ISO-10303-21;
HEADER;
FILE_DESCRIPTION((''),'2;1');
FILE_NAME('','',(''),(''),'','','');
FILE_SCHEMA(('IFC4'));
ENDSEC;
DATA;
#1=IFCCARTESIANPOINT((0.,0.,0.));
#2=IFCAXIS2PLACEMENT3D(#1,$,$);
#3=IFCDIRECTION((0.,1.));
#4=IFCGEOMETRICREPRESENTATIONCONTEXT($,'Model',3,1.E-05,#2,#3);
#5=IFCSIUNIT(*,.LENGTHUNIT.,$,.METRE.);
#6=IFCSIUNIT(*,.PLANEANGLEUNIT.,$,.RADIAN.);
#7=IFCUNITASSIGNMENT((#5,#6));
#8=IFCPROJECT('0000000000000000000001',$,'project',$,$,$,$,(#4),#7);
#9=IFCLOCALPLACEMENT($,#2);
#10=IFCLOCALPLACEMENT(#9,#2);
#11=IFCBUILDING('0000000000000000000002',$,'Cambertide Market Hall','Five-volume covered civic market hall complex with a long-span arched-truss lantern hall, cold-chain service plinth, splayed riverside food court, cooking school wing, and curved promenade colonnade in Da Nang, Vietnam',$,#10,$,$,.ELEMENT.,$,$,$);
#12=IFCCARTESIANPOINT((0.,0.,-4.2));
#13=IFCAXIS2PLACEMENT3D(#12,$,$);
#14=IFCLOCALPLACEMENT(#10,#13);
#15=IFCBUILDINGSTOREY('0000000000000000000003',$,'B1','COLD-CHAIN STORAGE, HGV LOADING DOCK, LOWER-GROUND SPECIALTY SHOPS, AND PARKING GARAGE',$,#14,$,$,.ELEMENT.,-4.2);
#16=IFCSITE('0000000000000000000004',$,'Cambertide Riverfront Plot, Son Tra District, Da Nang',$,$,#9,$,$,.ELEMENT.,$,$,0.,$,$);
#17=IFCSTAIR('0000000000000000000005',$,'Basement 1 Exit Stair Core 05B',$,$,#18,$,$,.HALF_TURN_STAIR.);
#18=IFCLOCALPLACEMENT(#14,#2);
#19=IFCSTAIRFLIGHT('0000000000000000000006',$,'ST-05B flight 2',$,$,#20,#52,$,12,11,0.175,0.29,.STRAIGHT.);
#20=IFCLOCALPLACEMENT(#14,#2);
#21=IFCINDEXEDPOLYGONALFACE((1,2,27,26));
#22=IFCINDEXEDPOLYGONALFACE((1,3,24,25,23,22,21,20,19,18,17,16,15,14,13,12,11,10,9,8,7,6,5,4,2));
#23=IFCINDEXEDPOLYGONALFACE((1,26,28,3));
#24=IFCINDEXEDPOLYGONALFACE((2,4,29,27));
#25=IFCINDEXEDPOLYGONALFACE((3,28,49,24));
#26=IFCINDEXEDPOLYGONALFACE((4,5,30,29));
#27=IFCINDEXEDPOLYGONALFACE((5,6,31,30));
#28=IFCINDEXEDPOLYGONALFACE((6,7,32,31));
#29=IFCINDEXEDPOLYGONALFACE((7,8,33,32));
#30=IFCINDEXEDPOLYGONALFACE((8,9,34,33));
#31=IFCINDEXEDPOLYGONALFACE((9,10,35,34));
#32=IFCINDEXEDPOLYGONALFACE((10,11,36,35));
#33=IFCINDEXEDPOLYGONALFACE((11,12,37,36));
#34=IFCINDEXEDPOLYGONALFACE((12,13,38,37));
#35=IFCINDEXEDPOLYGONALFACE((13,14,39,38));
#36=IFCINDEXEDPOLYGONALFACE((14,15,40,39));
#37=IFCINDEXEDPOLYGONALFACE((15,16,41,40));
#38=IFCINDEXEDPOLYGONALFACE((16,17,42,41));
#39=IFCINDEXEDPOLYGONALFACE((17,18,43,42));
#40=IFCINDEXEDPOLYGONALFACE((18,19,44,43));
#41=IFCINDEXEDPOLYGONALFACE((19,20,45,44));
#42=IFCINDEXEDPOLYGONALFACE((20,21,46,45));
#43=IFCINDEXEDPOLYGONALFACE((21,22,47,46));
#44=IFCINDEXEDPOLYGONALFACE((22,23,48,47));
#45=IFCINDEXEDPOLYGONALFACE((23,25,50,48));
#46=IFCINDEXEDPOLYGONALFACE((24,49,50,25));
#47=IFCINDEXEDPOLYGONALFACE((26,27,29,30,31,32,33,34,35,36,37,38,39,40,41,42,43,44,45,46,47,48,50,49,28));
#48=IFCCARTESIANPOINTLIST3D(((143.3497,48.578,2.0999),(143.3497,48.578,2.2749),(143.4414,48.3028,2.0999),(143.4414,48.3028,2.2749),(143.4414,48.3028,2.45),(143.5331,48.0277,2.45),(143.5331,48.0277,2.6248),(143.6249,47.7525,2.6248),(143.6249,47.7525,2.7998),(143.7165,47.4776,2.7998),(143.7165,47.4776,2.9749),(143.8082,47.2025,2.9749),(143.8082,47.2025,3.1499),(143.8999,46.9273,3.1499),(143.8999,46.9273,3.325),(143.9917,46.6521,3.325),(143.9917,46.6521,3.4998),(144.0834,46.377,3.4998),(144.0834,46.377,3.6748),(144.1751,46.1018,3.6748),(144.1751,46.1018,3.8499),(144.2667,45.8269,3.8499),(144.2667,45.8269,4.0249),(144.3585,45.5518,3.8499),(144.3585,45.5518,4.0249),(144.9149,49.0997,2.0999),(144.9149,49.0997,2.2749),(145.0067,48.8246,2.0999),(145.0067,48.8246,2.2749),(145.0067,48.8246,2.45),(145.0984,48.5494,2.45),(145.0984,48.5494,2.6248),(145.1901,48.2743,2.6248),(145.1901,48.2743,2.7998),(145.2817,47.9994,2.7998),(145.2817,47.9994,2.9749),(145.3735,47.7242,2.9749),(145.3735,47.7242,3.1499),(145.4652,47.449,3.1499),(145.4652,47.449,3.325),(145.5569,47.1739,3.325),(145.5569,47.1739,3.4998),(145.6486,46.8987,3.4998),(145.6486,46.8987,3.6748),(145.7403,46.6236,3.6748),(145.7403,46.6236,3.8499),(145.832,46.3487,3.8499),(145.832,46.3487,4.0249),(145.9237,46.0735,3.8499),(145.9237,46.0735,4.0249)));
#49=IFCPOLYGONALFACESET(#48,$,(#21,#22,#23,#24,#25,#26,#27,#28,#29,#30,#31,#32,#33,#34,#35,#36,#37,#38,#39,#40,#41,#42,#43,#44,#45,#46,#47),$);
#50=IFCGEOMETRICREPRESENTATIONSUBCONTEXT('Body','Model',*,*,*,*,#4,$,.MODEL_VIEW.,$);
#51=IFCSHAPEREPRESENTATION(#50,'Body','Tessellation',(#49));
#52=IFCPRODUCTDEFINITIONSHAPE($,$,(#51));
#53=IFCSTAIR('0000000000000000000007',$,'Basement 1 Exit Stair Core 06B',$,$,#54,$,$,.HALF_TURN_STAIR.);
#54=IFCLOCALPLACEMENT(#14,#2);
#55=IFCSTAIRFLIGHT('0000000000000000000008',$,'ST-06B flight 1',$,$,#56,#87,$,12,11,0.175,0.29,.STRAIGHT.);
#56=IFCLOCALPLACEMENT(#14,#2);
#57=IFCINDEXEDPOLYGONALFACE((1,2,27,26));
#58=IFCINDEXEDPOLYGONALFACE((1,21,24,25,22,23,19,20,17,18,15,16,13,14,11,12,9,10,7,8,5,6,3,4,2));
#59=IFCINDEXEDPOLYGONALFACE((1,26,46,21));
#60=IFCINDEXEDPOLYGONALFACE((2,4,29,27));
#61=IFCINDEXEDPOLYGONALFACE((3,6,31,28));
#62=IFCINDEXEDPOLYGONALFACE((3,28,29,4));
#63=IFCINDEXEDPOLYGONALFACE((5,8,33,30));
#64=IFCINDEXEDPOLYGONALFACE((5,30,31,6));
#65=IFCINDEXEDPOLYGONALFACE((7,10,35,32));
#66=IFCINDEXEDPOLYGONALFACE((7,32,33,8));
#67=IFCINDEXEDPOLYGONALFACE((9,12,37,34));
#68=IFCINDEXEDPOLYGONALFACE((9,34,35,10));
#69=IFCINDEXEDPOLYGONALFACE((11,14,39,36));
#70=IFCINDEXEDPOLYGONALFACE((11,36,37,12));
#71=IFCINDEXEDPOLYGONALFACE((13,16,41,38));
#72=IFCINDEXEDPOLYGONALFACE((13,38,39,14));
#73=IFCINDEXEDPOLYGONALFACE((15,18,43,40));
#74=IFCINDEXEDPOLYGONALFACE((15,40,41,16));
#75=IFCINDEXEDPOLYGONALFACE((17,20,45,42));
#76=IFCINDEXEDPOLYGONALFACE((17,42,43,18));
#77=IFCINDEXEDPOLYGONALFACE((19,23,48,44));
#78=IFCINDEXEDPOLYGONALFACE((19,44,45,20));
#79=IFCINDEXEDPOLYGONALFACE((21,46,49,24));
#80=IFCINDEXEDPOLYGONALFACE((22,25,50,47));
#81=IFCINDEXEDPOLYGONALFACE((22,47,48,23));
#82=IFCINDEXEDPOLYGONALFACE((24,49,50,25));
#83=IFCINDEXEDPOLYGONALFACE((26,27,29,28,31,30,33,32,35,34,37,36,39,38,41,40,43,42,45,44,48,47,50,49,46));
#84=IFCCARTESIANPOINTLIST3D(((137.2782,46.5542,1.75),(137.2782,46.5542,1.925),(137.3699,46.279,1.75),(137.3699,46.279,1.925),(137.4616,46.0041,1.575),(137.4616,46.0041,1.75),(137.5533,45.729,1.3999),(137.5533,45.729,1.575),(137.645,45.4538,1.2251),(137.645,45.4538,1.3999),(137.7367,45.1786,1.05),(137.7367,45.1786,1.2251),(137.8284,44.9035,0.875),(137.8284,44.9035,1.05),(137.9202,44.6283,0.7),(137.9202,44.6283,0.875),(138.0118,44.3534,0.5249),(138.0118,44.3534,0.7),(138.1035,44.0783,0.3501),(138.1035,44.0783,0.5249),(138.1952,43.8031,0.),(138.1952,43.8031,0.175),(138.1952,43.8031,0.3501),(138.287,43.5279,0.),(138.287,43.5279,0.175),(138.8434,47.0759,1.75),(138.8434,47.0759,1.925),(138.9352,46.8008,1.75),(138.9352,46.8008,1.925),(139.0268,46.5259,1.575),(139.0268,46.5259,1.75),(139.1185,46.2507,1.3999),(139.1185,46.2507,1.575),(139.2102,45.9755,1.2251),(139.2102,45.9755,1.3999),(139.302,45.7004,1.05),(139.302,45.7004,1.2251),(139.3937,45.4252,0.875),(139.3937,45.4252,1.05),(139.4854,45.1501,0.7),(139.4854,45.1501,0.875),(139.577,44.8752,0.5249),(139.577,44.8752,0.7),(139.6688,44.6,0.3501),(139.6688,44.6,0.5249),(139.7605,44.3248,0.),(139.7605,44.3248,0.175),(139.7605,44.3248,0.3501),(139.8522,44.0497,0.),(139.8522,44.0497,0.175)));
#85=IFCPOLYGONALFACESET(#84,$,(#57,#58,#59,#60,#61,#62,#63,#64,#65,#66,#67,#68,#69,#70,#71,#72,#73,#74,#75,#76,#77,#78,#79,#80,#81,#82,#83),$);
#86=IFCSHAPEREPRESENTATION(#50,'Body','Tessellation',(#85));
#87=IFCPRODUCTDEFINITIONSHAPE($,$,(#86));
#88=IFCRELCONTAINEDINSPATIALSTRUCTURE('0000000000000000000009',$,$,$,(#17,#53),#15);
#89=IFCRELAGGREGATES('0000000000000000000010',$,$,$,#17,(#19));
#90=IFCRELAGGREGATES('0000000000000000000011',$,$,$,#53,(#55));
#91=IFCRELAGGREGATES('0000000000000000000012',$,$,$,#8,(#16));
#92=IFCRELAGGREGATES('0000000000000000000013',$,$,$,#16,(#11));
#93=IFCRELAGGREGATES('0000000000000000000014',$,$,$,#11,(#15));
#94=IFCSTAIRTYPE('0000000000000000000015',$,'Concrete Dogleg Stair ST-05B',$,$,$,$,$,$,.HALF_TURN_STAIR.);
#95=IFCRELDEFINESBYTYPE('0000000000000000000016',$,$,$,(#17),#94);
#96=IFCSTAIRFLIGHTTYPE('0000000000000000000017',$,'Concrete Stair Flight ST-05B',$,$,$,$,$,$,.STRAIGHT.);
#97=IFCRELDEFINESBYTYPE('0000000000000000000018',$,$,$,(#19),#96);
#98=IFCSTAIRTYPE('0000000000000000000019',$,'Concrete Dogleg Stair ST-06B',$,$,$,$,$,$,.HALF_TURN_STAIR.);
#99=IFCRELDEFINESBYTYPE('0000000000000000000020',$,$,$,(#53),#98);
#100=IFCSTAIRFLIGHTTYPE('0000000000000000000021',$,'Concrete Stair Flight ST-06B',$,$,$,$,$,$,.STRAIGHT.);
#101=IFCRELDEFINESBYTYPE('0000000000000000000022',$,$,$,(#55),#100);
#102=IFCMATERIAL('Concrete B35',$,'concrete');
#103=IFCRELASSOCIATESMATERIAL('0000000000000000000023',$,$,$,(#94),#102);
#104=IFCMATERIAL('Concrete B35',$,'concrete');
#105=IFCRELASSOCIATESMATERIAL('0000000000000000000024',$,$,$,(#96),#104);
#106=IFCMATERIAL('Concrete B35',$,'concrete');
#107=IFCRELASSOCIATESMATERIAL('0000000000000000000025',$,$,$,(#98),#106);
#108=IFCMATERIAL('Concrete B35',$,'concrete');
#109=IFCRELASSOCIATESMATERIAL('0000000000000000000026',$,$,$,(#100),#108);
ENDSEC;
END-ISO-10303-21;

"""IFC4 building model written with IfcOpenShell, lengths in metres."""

from ifc_helpers import new_model, si_unit, direction, frame, origin, place, context, subcontext, project, spatial, polyline, outline, extrude, material, type_object, element, aggregate, save


model = new_model("IFC4")

# Units and contexts
model_context = context("Model", 3, precision=1e-05, world=origin(), true_north=direction((0.0, 1.0)))
body_context = subcontext(model_context, "Body", "Model", "MODEL_VIEW")
ifc_project = project(units=[si_unit("LENGTHUNIT", "METRE"), si_unit("PLANEANGLEUNIT", "RADIAN")], contexts=[model_context])

# Site, building, storey
site_placement = place(None, origin())
site = spatial("IfcSite", under=ifc_project, at=site_placement, Name="Cambertide Riverfront Plot, Son Tra District, Da Nang", CompositionType="ELEMENT", RefElevation=0.0)
building_placement = place(site_placement, origin())
building = spatial("IfcBuilding", under=site, at=building_placement, Name="Cambertide Market Hall", Description="Five-volume covered civic market hall complex with a long-span arched-truss lantern hall, cold-chain service plinth, splayed riverside food court, cooking school wing, and curved promenade colonnade in Da Nang, Vietnam", CompositionType="ELEMENT")
storey_placement = place(building_placement, frame((0.0, 0.0, -4.2)))
storey = spatial("IfcBuildingStorey", under=building, at=storey_placement, Name="B1", Description="COLD-CHAIN STORAGE, HGV LOADING DOCK, LOWER-GROUND SPECIALTY SHOPS, AND PARKING GARAGE", CompositionType="ELEMENT", Elevation=-4.2)

# Stair, stair flight
ifc_material_1 = material(Name="Concrete B35", Category="concrete")
stair_type_1 = type_object("IfcStairType", Name="Concrete Dogleg Stair ST-05B", PredefinedType="HALF_TURN_STAIR", material=ifc_material_1)
stair_1_placement = place(storey_placement, origin())
stair_1 = element("IfcStair", 1, at=stair_1_placement, inside=storey, type_object=stair_type_1, Name="Basement 1 Exit Stair Core 05B", PredefinedType="HALF_TURN_STAIR")
ifc_material_2 = material(Name="Concrete B35", Category="concrete")
stair_flight_type_1 = type_object("IfcStairFlightType", Name="Concrete Stair Flight ST-05B", PredefinedType="STRAIGHT", material=ifc_material_2)
stair_flight_1_placement = place(storey_placement, frame((144.1323, 48.8389, 2.0999), z_axis=(0.0, 0.0, 1.0), x_axis=(0.316228, -0.948683, 0.0)))
stair_flight_1 = element("IfcStairFlight", 2, at=stair_flight_1_placement, type_object=stair_flight_type_1, Name="ST-05B flight 2", NumberOfRisers=12, NumberOfTreads=11, PredefinedType="STRAIGHT", RiserHeight=0.175, TreadLength=0.29, context=body_context, shape_type="SweptSolid", body=[
    extrude(outline(polyline([(0.0, 0.0), (0.0, 0.175), (0.29, 0.175), (0.29, 0.3501), (0.5801, 0.3501), (0.5801, 0.5249), (0.8701, 0.5249), (0.8701, 0.7), (1.1599, 0.7), (1.1599, 0.875), (1.45, 0.875), (1.45, 1.05), (1.74, 1.05), (1.74, 1.2251), (2.03, 1.2251), (2.03, 1.3999), (2.3201, 1.3999), (2.3201, 1.575), (2.6101, 1.575), (2.6101, 1.75), (2.8999, 1.75), (2.8999, 1.925), (3.1899, 1.925), (3.1899, 2.1001), (3.1899, 1.75), (0.29, 0.0), (0.0, 0.0)])), frame((0.0, 0.825, 0.0), z_axis=(0.0, -1.0, 0.0), x_axis=(1.0, 0.0, 0.0)), (0.0, 0.0, 1.0), 1.6499),
])
aggregate(stair_1, [stair_flight_1])

# Stair, stair flight
ifc_material_3 = material(Name="Concrete B35", Category="concrete")
stair_type_2 = type_object("IfcStairType", Name="Concrete Dogleg Stair ST-06B", PredefinedType="HALF_TURN_STAIR", material=ifc_material_3)
stair_2_placement = place(storey_placement, origin())
stair_2 = element("IfcStair", 3, at=stair_2_placement, inside=storey, type_object=stair_type_2, Name="Basement 1 Exit Stair Core 06B", PredefinedType="HALF_TURN_STAIR")
ifc_material_4 = material(Name="Concrete B35", Category="concrete")
stair_flight_type_2 = type_object("IfcStairFlightType", Name="Concrete Stair Flight ST-06B", PredefinedType="STRAIGHT", material=ifc_material_4)
stair_flight_2_placement = place(storey_placement, frame((139.0696, 43.7888, 0.0), z_axis=(0.0, 0.0, 1.0), x_axis=(-0.316228, 0.948683, 0.0)))
stair_flight_2 = element("IfcStairFlight", 4, at=stair_flight_2_placement, type_object=stair_flight_type_2, Name="ST-06B flight 1", NumberOfRisers=12, NumberOfTreads=11, PredefinedType="STRAIGHT", RiserHeight=0.175, TreadLength=0.29, context=body_context, shape_type="SweptSolid", body=[
    extrude(outline(polyline([(0.0, 0.0), (0.0, 0.175), (0.29, 0.175), (0.29, 0.3501), (0.5801, 0.3501), (0.5801, 0.5249), (0.8701, 0.5249), (0.8701, 0.7), (1.1599, 0.7), (1.1599, 0.875), (1.45, 0.875), (1.45, 1.05), (1.74, 1.05), (1.74, 1.2251), (2.03, 1.2251), (2.03, 1.3999), (2.3201, 1.3999), (2.3201, 1.575), (2.6101, 1.575), (2.6101, 1.75), (2.8999, 1.75), (2.8999, 1.925), (3.1899, 1.925), (3.1899, 2.1001), (3.1899, 1.75), (0.29, 0.0), (0.0, 0.0)])), frame((0.0, 0.825, 0.0), z_axis=(0.0, -1.0, 0.0), x_axis=(1.0, 0.0, 0.0)), (0.0, 0.0, 1.0), 1.6499),
])
aggregate(stair_2, [stair_flight_2])

save(model, "model.ifc")
